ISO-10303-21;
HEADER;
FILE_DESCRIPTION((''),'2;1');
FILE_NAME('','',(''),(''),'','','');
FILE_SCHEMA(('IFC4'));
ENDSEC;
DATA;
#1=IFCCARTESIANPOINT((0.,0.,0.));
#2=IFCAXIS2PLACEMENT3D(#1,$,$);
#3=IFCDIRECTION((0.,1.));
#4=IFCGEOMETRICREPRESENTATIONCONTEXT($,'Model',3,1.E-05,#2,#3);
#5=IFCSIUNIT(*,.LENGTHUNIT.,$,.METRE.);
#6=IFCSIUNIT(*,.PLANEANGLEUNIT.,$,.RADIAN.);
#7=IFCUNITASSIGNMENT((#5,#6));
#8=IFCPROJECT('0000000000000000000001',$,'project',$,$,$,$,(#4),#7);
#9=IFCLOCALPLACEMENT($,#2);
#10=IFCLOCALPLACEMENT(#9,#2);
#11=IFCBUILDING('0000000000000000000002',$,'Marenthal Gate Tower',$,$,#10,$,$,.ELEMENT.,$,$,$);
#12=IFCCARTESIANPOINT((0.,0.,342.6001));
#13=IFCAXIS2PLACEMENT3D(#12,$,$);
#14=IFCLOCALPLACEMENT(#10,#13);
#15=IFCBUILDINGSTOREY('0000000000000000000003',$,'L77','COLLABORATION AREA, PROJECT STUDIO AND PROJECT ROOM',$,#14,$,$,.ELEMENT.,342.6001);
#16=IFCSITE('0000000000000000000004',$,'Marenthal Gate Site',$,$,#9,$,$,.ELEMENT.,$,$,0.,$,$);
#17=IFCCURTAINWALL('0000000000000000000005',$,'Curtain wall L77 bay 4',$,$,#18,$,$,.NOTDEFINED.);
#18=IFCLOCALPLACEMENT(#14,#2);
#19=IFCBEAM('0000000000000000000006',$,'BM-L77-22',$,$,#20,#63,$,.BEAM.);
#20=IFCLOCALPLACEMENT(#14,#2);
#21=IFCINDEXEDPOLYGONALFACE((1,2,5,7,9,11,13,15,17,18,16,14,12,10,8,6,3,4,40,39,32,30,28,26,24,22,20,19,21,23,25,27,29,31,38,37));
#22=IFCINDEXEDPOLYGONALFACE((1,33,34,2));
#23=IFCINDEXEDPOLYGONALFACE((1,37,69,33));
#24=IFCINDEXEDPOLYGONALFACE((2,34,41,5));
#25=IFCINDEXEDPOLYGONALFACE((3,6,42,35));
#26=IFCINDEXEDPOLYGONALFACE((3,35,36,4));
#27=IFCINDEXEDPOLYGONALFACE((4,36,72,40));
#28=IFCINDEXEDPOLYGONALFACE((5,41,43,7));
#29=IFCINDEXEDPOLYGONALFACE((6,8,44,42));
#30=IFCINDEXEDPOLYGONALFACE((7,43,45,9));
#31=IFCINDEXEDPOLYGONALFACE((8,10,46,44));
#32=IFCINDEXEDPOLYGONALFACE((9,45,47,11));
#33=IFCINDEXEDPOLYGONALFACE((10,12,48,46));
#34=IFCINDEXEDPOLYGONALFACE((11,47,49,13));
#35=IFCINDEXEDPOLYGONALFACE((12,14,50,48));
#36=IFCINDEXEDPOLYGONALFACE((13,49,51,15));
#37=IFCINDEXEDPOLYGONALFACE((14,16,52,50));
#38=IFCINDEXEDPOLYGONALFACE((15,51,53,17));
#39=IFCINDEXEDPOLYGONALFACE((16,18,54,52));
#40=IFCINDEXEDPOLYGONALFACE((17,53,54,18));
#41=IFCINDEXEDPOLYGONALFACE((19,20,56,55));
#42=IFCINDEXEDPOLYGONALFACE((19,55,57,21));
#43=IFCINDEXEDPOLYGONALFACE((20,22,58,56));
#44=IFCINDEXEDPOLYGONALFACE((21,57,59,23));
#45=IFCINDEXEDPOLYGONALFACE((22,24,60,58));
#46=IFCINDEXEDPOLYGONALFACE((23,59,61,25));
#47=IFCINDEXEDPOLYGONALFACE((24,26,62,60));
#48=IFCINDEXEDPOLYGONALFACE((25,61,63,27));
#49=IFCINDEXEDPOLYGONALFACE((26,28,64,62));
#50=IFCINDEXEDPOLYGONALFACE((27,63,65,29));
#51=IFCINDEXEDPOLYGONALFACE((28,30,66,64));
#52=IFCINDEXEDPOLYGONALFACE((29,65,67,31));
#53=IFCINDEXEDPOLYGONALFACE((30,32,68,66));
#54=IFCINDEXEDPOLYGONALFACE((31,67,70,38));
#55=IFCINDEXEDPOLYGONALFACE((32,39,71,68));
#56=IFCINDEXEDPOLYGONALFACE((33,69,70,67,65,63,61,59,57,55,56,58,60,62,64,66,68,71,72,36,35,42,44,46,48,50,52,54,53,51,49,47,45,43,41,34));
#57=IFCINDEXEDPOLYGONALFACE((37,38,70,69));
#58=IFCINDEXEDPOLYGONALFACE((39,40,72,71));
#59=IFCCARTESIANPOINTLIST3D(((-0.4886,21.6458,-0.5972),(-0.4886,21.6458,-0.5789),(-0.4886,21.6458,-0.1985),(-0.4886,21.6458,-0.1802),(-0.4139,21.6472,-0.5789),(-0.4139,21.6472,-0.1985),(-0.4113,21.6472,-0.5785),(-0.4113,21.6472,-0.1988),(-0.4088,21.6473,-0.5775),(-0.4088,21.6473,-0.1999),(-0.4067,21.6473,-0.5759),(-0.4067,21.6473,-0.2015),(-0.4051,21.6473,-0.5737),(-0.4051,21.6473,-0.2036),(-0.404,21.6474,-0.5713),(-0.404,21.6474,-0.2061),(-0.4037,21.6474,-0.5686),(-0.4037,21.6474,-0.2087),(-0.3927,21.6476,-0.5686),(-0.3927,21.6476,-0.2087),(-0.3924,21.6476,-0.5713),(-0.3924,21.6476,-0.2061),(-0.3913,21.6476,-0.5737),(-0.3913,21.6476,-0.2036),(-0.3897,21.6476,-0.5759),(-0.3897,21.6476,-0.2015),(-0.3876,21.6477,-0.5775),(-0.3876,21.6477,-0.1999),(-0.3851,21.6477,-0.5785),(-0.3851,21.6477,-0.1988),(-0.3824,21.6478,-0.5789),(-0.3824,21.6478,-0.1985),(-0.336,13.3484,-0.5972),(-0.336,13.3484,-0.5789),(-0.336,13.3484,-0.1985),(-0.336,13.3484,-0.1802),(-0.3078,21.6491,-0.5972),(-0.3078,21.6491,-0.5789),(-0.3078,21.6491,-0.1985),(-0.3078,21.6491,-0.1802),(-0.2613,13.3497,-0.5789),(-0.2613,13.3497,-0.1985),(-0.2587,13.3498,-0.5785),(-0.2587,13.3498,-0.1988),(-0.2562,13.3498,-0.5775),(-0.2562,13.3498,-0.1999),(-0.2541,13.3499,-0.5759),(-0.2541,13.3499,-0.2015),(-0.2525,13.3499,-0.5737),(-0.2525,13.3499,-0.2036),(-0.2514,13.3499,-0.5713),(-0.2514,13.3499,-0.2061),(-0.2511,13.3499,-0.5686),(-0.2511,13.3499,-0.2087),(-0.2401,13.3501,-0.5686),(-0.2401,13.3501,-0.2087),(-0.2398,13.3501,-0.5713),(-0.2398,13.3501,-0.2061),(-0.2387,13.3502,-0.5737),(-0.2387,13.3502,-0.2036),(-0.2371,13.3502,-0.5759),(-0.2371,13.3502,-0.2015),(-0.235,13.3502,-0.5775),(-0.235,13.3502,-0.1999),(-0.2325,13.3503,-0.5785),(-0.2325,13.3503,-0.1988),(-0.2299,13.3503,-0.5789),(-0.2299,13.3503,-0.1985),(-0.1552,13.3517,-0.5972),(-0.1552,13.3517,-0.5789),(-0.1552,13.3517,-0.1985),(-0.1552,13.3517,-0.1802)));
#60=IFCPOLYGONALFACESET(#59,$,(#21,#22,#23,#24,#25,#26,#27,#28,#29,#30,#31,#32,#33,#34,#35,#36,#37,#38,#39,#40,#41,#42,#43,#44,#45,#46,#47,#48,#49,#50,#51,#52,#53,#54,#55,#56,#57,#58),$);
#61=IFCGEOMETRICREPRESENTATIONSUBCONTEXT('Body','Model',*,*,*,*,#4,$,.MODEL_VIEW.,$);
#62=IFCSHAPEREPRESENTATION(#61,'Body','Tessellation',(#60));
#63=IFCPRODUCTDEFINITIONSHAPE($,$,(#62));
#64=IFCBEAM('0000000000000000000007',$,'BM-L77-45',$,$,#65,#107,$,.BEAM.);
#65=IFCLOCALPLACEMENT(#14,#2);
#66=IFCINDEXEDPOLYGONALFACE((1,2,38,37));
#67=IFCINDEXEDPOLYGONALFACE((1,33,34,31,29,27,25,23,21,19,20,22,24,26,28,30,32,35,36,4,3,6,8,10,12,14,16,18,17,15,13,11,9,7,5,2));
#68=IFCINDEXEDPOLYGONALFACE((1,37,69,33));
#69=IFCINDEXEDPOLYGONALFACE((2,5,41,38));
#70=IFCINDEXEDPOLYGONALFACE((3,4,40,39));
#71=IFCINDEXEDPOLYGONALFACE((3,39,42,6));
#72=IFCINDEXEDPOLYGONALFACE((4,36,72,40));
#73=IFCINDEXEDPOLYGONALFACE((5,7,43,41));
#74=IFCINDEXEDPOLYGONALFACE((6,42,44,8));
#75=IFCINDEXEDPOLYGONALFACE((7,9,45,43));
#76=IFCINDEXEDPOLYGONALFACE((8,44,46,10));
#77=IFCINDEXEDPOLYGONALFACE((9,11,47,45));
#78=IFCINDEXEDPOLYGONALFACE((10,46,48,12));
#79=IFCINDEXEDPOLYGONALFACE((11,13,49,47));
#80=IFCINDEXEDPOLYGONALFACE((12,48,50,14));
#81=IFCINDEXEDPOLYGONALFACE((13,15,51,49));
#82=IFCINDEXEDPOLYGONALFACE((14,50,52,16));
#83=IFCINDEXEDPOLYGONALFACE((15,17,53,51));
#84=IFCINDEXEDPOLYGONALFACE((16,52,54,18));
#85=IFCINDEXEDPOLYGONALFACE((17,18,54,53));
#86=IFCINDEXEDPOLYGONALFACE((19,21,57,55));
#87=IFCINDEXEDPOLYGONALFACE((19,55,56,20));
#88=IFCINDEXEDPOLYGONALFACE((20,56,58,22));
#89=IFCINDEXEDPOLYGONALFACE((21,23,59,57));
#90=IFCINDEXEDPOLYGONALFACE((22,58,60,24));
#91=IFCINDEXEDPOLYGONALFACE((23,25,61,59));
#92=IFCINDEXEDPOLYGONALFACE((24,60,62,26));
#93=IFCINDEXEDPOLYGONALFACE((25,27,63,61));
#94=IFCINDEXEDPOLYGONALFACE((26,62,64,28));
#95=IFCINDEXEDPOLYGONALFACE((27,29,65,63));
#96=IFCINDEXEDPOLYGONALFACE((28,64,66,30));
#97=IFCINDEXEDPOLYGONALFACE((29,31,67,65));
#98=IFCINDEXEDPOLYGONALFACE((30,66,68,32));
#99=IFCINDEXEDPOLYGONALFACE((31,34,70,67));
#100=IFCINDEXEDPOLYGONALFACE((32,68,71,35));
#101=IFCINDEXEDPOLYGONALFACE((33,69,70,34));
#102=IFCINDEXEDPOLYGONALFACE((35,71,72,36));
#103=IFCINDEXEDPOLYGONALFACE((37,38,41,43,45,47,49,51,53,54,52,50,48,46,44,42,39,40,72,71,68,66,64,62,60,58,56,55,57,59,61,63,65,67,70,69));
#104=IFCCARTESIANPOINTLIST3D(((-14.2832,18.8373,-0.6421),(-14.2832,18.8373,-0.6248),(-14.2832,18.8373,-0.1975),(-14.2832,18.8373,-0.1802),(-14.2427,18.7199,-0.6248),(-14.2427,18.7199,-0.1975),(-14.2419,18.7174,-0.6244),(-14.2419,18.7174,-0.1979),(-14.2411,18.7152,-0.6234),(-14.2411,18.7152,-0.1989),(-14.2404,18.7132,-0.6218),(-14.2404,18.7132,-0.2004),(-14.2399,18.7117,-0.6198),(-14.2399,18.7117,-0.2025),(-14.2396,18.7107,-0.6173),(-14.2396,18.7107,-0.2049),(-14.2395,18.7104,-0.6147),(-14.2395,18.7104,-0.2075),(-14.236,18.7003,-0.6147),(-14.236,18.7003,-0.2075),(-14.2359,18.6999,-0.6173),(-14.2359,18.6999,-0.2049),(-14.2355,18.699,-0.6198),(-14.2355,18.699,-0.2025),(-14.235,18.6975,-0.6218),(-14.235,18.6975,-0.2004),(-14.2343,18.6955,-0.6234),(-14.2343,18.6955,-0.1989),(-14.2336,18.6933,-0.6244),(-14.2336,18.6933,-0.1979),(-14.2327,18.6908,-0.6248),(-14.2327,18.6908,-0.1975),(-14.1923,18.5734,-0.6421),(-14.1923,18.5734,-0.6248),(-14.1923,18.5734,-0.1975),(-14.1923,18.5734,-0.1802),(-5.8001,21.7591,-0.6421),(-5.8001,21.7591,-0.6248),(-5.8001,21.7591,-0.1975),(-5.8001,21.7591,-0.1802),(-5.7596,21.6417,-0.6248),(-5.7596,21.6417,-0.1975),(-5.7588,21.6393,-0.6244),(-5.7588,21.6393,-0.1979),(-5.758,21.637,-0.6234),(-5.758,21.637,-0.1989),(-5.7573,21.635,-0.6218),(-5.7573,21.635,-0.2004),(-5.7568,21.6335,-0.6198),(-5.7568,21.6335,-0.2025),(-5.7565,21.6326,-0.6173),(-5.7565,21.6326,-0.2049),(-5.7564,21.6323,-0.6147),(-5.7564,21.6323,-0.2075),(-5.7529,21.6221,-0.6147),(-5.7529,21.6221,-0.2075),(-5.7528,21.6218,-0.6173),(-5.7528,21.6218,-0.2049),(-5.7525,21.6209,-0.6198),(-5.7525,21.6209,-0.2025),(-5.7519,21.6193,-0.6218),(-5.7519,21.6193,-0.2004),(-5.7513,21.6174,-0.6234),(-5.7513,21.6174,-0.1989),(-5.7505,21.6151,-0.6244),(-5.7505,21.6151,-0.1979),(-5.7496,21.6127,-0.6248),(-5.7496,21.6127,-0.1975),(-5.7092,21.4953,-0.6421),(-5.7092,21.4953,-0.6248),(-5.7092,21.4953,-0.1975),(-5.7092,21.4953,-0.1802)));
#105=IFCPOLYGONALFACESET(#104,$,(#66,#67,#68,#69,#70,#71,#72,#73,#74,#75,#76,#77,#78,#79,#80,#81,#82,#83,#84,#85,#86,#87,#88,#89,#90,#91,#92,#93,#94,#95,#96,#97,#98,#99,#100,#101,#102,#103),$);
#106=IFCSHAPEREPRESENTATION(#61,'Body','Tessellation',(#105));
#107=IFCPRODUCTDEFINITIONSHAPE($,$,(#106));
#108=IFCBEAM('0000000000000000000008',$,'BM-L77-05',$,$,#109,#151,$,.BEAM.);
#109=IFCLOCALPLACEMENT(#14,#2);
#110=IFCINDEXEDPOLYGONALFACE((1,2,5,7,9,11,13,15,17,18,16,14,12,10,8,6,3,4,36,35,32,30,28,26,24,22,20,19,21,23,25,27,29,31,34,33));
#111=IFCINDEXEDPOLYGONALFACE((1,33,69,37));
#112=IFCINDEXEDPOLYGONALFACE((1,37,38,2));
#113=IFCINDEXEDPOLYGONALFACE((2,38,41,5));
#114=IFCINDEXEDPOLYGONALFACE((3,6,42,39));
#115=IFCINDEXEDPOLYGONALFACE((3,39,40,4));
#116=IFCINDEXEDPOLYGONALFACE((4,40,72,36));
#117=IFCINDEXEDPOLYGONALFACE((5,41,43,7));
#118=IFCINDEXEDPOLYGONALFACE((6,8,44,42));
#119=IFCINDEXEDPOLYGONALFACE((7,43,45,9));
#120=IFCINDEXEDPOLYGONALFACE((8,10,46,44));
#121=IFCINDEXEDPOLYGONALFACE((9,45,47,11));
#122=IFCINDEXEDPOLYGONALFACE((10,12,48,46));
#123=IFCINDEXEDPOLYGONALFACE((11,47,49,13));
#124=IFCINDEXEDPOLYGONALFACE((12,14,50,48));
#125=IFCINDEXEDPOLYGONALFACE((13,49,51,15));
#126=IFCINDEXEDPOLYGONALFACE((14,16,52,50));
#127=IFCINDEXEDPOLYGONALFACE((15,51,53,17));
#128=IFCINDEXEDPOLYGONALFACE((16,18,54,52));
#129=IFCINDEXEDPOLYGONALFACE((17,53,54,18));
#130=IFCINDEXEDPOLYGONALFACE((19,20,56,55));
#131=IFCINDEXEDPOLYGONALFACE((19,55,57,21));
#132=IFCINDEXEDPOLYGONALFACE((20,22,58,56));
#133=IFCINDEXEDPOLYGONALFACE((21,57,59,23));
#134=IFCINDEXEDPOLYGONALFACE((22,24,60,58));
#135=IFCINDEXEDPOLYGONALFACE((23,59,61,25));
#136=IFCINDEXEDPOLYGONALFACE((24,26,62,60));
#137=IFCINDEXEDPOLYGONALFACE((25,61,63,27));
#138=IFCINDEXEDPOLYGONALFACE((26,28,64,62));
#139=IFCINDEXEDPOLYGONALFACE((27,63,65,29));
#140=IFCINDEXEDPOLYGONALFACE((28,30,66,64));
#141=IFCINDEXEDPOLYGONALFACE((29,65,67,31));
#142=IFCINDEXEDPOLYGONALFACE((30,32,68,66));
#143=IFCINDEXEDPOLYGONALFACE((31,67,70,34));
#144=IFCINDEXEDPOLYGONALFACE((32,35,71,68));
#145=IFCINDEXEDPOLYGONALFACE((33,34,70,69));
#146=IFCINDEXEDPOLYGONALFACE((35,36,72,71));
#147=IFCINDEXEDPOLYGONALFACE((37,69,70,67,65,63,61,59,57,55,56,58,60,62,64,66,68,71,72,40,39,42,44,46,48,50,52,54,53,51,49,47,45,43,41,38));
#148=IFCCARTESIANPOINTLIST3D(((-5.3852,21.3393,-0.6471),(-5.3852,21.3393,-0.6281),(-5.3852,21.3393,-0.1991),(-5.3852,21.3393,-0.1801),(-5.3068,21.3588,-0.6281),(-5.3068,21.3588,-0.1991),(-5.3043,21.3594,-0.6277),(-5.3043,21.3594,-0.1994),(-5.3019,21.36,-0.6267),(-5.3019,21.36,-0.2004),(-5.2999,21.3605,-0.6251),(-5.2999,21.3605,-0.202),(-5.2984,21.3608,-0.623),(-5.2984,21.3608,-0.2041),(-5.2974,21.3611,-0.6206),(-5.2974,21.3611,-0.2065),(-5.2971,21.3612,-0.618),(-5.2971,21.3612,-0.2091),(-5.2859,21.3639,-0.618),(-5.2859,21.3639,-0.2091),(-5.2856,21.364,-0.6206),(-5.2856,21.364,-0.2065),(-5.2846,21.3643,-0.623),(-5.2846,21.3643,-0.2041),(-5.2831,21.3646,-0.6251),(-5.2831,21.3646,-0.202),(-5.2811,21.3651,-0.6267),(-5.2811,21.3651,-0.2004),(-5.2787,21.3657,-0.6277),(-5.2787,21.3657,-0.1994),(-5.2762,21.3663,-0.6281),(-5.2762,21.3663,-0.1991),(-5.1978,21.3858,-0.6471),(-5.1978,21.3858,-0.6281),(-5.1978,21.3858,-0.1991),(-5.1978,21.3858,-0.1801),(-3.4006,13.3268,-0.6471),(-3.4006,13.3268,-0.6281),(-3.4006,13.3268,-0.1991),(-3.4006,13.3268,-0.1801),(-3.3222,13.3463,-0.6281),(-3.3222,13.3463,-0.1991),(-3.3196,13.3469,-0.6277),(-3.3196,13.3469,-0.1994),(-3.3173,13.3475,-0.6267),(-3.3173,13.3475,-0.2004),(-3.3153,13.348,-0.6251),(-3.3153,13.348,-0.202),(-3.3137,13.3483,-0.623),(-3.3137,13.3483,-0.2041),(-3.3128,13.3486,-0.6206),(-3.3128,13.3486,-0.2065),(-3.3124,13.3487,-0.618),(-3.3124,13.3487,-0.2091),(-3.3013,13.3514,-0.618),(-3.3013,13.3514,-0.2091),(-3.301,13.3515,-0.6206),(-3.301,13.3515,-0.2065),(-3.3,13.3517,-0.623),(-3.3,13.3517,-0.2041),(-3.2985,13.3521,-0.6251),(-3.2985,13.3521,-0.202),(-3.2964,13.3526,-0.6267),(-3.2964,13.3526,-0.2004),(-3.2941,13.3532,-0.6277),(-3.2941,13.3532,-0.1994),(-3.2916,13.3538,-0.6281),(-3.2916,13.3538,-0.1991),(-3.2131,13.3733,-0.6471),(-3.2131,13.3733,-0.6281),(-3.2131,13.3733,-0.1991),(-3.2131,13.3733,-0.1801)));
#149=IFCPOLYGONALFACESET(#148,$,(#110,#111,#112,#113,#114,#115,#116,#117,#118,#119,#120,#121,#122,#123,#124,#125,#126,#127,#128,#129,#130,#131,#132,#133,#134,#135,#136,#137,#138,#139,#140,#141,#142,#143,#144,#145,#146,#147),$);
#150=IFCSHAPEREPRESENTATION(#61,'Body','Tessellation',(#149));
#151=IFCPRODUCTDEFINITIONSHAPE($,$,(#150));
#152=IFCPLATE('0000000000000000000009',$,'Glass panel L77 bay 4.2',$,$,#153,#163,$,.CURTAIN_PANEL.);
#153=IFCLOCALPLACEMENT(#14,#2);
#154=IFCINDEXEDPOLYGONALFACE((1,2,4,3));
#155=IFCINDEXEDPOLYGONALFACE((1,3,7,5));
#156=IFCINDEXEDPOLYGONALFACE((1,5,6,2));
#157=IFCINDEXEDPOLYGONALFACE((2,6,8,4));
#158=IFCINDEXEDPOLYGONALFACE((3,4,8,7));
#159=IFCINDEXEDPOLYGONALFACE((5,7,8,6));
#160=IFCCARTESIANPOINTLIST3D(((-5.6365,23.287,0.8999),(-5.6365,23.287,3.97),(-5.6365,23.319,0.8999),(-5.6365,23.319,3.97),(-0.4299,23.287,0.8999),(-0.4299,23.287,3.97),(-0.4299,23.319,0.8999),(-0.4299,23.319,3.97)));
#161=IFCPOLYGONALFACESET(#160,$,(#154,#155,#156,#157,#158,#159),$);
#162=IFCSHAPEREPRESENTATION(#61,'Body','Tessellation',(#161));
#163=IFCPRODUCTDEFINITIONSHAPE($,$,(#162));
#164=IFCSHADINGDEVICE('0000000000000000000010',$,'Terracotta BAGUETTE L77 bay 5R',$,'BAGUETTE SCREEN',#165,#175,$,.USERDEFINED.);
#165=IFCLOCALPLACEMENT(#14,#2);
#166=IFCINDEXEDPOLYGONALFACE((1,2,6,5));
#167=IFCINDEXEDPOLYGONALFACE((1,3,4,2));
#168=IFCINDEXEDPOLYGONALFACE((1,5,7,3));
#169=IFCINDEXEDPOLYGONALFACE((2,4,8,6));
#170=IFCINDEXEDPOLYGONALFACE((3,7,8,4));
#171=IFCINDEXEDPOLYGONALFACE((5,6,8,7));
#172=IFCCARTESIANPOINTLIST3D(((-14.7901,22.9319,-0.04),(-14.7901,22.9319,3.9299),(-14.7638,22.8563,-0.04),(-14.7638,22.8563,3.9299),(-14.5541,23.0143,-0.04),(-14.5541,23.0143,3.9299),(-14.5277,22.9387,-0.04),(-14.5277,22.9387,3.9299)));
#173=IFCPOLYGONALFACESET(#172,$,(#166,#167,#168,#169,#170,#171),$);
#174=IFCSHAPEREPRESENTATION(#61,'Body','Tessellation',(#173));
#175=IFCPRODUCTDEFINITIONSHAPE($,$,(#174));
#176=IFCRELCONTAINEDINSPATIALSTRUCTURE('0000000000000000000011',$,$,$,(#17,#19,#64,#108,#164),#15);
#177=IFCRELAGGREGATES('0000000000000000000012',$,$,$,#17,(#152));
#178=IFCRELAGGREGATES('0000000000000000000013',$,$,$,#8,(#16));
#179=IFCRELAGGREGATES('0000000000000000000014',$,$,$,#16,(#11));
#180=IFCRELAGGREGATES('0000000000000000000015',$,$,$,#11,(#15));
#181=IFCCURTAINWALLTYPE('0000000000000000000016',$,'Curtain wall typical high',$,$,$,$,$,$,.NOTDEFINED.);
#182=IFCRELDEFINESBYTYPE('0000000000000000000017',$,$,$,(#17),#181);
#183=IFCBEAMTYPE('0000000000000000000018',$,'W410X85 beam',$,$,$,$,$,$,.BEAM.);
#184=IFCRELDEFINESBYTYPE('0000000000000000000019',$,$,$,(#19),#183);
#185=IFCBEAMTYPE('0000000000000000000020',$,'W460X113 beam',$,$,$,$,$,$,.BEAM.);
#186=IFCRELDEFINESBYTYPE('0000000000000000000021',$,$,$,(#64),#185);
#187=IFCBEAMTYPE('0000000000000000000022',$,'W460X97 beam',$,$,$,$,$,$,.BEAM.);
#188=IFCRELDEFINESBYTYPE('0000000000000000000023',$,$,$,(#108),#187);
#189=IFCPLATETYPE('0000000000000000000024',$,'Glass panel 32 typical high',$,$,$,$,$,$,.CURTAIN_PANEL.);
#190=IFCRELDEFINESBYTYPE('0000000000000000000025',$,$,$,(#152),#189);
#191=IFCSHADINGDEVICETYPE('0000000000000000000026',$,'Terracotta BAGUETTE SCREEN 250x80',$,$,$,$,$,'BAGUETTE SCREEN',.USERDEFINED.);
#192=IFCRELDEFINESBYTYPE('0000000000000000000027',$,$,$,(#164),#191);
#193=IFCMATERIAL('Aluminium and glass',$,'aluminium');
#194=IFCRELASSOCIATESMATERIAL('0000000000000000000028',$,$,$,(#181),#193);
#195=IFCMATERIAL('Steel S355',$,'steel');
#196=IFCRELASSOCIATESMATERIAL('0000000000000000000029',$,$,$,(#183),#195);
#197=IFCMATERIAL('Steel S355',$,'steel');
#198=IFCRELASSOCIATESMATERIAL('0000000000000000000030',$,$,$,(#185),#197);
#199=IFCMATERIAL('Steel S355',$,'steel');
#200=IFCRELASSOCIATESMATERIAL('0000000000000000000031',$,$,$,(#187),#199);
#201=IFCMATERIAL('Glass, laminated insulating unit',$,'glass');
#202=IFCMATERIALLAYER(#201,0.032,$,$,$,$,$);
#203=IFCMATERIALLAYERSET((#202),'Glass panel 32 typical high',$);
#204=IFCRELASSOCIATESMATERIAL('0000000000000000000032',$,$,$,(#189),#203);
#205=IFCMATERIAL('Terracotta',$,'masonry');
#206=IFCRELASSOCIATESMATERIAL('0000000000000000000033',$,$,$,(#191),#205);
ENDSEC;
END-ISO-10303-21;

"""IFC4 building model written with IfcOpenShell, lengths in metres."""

from ifc_helpers import new_model, si_unit, direction, frame, origin, origin_2d, place, context, subcontext, project, spatial, rectangle, i_section, extrude, material, layer, layer_set, material_profile, profile_set, type_object, element, aggregate, save


model = new_model("IFC4")

# Units and contexts
model_context = context("Model", 3, precision=1e-05, world=origin(), true_north=direction((0.0, 1.0)))
body_context = subcontext(model_context, "Body", "Model", "MODEL_VIEW")
ifc_project = project(units=[si_unit("LENGTHUNIT", "METRE"), si_unit("PLANEANGLEUNIT", "RADIAN")], contexts=[model_context])

# Site, building, storey
site_placement = place(None, origin())
site = spatial("IfcSite", under=ifc_project, at=site_placement, Name="Marenthal Gate Site", CompositionType="ELEMENT", RefElevation=0.0)
building_placement = place(site_placement, origin())
building = spatial("IfcBuilding", under=site, at=building_placement, Name="Marenthal Gate Tower", CompositionType="ELEMENT")
storey_placement = place(building_placement, frame((0.0, 0.0, 342.6001)))
storey = spatial("IfcBuildingStorey", under=building, at=storey_placement, Name="L77", Description="COLLABORATION AREA, PROJECT STUDIO AND PROJECT ROOM", CompositionType="ELEMENT", Elevation=342.6001)

# Curtain wall
ifc_material_1 = material(Name="Aluminium and glass", Category="aluminium")
curtain_wall_type = type_object("IfcCurtainWallType", Name="Curtain wall typical high", PredefinedType="NOTDEFINED", material=ifc_material_1)
curtain_wall_1_placement = place(storey_placement, origin())
curtain_wall_1 = element("IfcCurtainWall", 1, at=curtain_wall_1_placement, inside=storey, type_object=curtain_wall_type, Name="Curtain wall L77 bay 4", PredefinedType="NOTDEFINED")

# Beams
ifc_material_2 = material(Name="Steel S355", Category="steel")
ifc_material_profile_1 = material_profile(ifc_material_2, i_section(OverallWidth=0.1809, OverallDepth=0.417, WebThickness=0.011, FlangeThickness=0.0183, FilletRadius=0.0103, at=origin_2d()), Name="W410X85")
ifc_profile_set_1 = profile_set([ifc_material_profile_1], Name="Steel S355")
beam_type_1 = type_object("IfcBeamType", Name="W410X85 beam", PredefinedType="BEAM", material=ifc_profile_set_1)
beam_1_placement = place(storey_placement, frame((-0.3982, 21.6475, -0.3887), z_axis=(0.018387, -0.999831, 0.0), x_axis=(0.999831, 0.018387, 0.0)))
element("IfcBeam", 2, at=beam_1_placement, inside=storey, type_object=beam_type_1, Name="BM-L77-22", PredefinedType="BEAM", context=body_context, shape_type="SweptSolid", body=[
    extrude(i_section(OverallWidth=0.1809, OverallDepth=0.417, WebThickness=0.011, FlangeThickness=0.0183, FilletRadius=0.0103, at=origin_2d()), origin(), (0.0, 0.0, 1.0), 8.2988),
])
ifc_material_3 = material(Name="Steel S355", Category="steel")
ifc_material_profile_2 = material_profile(ifc_material_3, i_section(OverallWidth=0.2791, OverallDepth=0.4619, WebThickness=0.0107, FlangeThickness=0.0173, FilletRadius=0.01, at=origin_2d()), Name="W460X113")
ifc_profile_set_2 = profile_set([ifc_material_profile_2], Name="Steel S355")
beam_type_2 = type_object("IfcBeamType", Name="W460X113 beam", PredefinedType="BEAM", material=ifc_profile_set_2)
beam_2_placement = place(storey_placement, frame((-5.7546, 21.6272, -0.4111), z_axis=(-0.945488, -0.325657, 0.0), x_axis=(0.325657, -0.945488, 0.0)))
element("IfcBeam", 3, at=beam_2_placement, inside=storey, type_object=beam_type_2, Name="BM-L77-45", PredefinedType="BEAM", context=body_context, shape_type="SweptSolid", body=[
    extrude(i_section(OverallWidth=0.2791, OverallDepth=0.4619, WebThickness=0.0107, FlangeThickness=0.0173, FilletRadius=0.01, at=origin_2d()), origin(), (0.0, 0.0, 1.0), 8.9722),
])
ifc_material_4 = material(Name="Steel S355", Category="steel")
ifc_material_profile_3 = material_profile(ifc_material_4, i_section(OverallWidth=0.1931, OverallDepth=0.467, WebThickness=0.0115, FlangeThickness=0.019, FilletRadius=0.01, at=origin_2d()), Name="W460X97")
ifc_profile_set_3 = profile_set([ifc_material_profile_3], Name="Steel S355")
beam_type_3 = type_object("IfcBeamType", Name="W460X97 beam", PredefinedType="BEAM", material=ifc_profile_set_3)
beam_3_placement = place(storey_placement, frame((-5.2915, 21.3625, -0.4136), z_axis=(0.240426, -0.970667, 0.0), x_axis=(0.970667, 0.240426, 0.0)))
element("IfcBeam", 4, at=beam_3_placement, inside=storey, type_object=beam_type_3, Name="BM-L77-05", PredefinedType="BEAM", context=body_context, shape_type="SweptSolid", body=[
    extrude(i_section(OverallWidth=0.1931, OverallDepth=0.467, WebThickness=0.0115, FlangeThickness=0.019, FilletRadius=0.01, at=origin_2d()), origin(), (0.0, 0.0, 1.0), 8.2546),
])

# Plate
ifc_material_5 = material(Name="Glass, laminated insulating unit", Category="glass")
ifc_layer_1 = layer(ifc_material_5, 0.032)
ifc_layer_set_1 = layer_set([ifc_layer_1], Name="Glass panel 32 typical high")
plate_type = type_object("IfcPlateType", Name="Glass panel 32 typical high", PredefinedType="CURTAIN_PANEL", material=ifc_layer_set_1)
plate_placement = place(storey_placement, frame((-3.0332, 23.303, 0.8999), z_axis=(0.0, 0.0, 1.0), x_axis=(-1.0, 0.0, 0.0)))
plate = element("IfcPlate", 5, at=plate_placement, type_object=plate_type, Name="Glass panel L77 bay 4.2", PredefinedType="CURTAIN_PANEL", context=body_context, shape_type="SweptSolid", body=[
    extrude(rectangle(XDim=5.2065, YDim=0.032, at=origin_2d()), origin(), (0.0, 0.0, 1.0), 3.0701),
])
aggregate(curtain_wall_1, [plate])

# Shading device
ifc_material_6 = material(Name="Terracotta", Category="masonry")
ifc_material_profile_4 = material_profile(ifc_material_6, rectangle(XDim=0.25, YDim=0.0801, at=origin_2d()), Name="Terracotta baguette 250x80")
ifc_profile_set_4 = profile_set([ifc_material_profile_4], Name="Terracotta")
shading_device_type = type_object("IfcShadingDeviceType", Name="Terracotta BAGUETTE SCREEN 250x80", ElementType="BAGUETTE SCREEN", PredefinedType="USERDEFINED", material=ifc_profile_set_4)
shading_device_placement = place(storey_placement, frame((-14.6589, 22.9353, -0.04), z_axis=(0.0, 0.0, 1.0), x_axis=(-0.944186, -0.329413, 0.0)))
element("IfcShadingDevice", 6, at=shading_device_placement, inside=storey, type_object=shading_device_type, Name="Terracotta BAGUETTE L77 bay 5R", ObjectType="BAGUETTE SCREEN", PredefinedType="USERDEFINED", context=body_context, shape_type="SweptSolid", body=[
    extrude(rectangle(XDim=0.25, YDim=0.0801, at=origin_2d()), origin(), (0.0, 0.0, 1.0), 3.97),
])

save(model, "model.ifc")
